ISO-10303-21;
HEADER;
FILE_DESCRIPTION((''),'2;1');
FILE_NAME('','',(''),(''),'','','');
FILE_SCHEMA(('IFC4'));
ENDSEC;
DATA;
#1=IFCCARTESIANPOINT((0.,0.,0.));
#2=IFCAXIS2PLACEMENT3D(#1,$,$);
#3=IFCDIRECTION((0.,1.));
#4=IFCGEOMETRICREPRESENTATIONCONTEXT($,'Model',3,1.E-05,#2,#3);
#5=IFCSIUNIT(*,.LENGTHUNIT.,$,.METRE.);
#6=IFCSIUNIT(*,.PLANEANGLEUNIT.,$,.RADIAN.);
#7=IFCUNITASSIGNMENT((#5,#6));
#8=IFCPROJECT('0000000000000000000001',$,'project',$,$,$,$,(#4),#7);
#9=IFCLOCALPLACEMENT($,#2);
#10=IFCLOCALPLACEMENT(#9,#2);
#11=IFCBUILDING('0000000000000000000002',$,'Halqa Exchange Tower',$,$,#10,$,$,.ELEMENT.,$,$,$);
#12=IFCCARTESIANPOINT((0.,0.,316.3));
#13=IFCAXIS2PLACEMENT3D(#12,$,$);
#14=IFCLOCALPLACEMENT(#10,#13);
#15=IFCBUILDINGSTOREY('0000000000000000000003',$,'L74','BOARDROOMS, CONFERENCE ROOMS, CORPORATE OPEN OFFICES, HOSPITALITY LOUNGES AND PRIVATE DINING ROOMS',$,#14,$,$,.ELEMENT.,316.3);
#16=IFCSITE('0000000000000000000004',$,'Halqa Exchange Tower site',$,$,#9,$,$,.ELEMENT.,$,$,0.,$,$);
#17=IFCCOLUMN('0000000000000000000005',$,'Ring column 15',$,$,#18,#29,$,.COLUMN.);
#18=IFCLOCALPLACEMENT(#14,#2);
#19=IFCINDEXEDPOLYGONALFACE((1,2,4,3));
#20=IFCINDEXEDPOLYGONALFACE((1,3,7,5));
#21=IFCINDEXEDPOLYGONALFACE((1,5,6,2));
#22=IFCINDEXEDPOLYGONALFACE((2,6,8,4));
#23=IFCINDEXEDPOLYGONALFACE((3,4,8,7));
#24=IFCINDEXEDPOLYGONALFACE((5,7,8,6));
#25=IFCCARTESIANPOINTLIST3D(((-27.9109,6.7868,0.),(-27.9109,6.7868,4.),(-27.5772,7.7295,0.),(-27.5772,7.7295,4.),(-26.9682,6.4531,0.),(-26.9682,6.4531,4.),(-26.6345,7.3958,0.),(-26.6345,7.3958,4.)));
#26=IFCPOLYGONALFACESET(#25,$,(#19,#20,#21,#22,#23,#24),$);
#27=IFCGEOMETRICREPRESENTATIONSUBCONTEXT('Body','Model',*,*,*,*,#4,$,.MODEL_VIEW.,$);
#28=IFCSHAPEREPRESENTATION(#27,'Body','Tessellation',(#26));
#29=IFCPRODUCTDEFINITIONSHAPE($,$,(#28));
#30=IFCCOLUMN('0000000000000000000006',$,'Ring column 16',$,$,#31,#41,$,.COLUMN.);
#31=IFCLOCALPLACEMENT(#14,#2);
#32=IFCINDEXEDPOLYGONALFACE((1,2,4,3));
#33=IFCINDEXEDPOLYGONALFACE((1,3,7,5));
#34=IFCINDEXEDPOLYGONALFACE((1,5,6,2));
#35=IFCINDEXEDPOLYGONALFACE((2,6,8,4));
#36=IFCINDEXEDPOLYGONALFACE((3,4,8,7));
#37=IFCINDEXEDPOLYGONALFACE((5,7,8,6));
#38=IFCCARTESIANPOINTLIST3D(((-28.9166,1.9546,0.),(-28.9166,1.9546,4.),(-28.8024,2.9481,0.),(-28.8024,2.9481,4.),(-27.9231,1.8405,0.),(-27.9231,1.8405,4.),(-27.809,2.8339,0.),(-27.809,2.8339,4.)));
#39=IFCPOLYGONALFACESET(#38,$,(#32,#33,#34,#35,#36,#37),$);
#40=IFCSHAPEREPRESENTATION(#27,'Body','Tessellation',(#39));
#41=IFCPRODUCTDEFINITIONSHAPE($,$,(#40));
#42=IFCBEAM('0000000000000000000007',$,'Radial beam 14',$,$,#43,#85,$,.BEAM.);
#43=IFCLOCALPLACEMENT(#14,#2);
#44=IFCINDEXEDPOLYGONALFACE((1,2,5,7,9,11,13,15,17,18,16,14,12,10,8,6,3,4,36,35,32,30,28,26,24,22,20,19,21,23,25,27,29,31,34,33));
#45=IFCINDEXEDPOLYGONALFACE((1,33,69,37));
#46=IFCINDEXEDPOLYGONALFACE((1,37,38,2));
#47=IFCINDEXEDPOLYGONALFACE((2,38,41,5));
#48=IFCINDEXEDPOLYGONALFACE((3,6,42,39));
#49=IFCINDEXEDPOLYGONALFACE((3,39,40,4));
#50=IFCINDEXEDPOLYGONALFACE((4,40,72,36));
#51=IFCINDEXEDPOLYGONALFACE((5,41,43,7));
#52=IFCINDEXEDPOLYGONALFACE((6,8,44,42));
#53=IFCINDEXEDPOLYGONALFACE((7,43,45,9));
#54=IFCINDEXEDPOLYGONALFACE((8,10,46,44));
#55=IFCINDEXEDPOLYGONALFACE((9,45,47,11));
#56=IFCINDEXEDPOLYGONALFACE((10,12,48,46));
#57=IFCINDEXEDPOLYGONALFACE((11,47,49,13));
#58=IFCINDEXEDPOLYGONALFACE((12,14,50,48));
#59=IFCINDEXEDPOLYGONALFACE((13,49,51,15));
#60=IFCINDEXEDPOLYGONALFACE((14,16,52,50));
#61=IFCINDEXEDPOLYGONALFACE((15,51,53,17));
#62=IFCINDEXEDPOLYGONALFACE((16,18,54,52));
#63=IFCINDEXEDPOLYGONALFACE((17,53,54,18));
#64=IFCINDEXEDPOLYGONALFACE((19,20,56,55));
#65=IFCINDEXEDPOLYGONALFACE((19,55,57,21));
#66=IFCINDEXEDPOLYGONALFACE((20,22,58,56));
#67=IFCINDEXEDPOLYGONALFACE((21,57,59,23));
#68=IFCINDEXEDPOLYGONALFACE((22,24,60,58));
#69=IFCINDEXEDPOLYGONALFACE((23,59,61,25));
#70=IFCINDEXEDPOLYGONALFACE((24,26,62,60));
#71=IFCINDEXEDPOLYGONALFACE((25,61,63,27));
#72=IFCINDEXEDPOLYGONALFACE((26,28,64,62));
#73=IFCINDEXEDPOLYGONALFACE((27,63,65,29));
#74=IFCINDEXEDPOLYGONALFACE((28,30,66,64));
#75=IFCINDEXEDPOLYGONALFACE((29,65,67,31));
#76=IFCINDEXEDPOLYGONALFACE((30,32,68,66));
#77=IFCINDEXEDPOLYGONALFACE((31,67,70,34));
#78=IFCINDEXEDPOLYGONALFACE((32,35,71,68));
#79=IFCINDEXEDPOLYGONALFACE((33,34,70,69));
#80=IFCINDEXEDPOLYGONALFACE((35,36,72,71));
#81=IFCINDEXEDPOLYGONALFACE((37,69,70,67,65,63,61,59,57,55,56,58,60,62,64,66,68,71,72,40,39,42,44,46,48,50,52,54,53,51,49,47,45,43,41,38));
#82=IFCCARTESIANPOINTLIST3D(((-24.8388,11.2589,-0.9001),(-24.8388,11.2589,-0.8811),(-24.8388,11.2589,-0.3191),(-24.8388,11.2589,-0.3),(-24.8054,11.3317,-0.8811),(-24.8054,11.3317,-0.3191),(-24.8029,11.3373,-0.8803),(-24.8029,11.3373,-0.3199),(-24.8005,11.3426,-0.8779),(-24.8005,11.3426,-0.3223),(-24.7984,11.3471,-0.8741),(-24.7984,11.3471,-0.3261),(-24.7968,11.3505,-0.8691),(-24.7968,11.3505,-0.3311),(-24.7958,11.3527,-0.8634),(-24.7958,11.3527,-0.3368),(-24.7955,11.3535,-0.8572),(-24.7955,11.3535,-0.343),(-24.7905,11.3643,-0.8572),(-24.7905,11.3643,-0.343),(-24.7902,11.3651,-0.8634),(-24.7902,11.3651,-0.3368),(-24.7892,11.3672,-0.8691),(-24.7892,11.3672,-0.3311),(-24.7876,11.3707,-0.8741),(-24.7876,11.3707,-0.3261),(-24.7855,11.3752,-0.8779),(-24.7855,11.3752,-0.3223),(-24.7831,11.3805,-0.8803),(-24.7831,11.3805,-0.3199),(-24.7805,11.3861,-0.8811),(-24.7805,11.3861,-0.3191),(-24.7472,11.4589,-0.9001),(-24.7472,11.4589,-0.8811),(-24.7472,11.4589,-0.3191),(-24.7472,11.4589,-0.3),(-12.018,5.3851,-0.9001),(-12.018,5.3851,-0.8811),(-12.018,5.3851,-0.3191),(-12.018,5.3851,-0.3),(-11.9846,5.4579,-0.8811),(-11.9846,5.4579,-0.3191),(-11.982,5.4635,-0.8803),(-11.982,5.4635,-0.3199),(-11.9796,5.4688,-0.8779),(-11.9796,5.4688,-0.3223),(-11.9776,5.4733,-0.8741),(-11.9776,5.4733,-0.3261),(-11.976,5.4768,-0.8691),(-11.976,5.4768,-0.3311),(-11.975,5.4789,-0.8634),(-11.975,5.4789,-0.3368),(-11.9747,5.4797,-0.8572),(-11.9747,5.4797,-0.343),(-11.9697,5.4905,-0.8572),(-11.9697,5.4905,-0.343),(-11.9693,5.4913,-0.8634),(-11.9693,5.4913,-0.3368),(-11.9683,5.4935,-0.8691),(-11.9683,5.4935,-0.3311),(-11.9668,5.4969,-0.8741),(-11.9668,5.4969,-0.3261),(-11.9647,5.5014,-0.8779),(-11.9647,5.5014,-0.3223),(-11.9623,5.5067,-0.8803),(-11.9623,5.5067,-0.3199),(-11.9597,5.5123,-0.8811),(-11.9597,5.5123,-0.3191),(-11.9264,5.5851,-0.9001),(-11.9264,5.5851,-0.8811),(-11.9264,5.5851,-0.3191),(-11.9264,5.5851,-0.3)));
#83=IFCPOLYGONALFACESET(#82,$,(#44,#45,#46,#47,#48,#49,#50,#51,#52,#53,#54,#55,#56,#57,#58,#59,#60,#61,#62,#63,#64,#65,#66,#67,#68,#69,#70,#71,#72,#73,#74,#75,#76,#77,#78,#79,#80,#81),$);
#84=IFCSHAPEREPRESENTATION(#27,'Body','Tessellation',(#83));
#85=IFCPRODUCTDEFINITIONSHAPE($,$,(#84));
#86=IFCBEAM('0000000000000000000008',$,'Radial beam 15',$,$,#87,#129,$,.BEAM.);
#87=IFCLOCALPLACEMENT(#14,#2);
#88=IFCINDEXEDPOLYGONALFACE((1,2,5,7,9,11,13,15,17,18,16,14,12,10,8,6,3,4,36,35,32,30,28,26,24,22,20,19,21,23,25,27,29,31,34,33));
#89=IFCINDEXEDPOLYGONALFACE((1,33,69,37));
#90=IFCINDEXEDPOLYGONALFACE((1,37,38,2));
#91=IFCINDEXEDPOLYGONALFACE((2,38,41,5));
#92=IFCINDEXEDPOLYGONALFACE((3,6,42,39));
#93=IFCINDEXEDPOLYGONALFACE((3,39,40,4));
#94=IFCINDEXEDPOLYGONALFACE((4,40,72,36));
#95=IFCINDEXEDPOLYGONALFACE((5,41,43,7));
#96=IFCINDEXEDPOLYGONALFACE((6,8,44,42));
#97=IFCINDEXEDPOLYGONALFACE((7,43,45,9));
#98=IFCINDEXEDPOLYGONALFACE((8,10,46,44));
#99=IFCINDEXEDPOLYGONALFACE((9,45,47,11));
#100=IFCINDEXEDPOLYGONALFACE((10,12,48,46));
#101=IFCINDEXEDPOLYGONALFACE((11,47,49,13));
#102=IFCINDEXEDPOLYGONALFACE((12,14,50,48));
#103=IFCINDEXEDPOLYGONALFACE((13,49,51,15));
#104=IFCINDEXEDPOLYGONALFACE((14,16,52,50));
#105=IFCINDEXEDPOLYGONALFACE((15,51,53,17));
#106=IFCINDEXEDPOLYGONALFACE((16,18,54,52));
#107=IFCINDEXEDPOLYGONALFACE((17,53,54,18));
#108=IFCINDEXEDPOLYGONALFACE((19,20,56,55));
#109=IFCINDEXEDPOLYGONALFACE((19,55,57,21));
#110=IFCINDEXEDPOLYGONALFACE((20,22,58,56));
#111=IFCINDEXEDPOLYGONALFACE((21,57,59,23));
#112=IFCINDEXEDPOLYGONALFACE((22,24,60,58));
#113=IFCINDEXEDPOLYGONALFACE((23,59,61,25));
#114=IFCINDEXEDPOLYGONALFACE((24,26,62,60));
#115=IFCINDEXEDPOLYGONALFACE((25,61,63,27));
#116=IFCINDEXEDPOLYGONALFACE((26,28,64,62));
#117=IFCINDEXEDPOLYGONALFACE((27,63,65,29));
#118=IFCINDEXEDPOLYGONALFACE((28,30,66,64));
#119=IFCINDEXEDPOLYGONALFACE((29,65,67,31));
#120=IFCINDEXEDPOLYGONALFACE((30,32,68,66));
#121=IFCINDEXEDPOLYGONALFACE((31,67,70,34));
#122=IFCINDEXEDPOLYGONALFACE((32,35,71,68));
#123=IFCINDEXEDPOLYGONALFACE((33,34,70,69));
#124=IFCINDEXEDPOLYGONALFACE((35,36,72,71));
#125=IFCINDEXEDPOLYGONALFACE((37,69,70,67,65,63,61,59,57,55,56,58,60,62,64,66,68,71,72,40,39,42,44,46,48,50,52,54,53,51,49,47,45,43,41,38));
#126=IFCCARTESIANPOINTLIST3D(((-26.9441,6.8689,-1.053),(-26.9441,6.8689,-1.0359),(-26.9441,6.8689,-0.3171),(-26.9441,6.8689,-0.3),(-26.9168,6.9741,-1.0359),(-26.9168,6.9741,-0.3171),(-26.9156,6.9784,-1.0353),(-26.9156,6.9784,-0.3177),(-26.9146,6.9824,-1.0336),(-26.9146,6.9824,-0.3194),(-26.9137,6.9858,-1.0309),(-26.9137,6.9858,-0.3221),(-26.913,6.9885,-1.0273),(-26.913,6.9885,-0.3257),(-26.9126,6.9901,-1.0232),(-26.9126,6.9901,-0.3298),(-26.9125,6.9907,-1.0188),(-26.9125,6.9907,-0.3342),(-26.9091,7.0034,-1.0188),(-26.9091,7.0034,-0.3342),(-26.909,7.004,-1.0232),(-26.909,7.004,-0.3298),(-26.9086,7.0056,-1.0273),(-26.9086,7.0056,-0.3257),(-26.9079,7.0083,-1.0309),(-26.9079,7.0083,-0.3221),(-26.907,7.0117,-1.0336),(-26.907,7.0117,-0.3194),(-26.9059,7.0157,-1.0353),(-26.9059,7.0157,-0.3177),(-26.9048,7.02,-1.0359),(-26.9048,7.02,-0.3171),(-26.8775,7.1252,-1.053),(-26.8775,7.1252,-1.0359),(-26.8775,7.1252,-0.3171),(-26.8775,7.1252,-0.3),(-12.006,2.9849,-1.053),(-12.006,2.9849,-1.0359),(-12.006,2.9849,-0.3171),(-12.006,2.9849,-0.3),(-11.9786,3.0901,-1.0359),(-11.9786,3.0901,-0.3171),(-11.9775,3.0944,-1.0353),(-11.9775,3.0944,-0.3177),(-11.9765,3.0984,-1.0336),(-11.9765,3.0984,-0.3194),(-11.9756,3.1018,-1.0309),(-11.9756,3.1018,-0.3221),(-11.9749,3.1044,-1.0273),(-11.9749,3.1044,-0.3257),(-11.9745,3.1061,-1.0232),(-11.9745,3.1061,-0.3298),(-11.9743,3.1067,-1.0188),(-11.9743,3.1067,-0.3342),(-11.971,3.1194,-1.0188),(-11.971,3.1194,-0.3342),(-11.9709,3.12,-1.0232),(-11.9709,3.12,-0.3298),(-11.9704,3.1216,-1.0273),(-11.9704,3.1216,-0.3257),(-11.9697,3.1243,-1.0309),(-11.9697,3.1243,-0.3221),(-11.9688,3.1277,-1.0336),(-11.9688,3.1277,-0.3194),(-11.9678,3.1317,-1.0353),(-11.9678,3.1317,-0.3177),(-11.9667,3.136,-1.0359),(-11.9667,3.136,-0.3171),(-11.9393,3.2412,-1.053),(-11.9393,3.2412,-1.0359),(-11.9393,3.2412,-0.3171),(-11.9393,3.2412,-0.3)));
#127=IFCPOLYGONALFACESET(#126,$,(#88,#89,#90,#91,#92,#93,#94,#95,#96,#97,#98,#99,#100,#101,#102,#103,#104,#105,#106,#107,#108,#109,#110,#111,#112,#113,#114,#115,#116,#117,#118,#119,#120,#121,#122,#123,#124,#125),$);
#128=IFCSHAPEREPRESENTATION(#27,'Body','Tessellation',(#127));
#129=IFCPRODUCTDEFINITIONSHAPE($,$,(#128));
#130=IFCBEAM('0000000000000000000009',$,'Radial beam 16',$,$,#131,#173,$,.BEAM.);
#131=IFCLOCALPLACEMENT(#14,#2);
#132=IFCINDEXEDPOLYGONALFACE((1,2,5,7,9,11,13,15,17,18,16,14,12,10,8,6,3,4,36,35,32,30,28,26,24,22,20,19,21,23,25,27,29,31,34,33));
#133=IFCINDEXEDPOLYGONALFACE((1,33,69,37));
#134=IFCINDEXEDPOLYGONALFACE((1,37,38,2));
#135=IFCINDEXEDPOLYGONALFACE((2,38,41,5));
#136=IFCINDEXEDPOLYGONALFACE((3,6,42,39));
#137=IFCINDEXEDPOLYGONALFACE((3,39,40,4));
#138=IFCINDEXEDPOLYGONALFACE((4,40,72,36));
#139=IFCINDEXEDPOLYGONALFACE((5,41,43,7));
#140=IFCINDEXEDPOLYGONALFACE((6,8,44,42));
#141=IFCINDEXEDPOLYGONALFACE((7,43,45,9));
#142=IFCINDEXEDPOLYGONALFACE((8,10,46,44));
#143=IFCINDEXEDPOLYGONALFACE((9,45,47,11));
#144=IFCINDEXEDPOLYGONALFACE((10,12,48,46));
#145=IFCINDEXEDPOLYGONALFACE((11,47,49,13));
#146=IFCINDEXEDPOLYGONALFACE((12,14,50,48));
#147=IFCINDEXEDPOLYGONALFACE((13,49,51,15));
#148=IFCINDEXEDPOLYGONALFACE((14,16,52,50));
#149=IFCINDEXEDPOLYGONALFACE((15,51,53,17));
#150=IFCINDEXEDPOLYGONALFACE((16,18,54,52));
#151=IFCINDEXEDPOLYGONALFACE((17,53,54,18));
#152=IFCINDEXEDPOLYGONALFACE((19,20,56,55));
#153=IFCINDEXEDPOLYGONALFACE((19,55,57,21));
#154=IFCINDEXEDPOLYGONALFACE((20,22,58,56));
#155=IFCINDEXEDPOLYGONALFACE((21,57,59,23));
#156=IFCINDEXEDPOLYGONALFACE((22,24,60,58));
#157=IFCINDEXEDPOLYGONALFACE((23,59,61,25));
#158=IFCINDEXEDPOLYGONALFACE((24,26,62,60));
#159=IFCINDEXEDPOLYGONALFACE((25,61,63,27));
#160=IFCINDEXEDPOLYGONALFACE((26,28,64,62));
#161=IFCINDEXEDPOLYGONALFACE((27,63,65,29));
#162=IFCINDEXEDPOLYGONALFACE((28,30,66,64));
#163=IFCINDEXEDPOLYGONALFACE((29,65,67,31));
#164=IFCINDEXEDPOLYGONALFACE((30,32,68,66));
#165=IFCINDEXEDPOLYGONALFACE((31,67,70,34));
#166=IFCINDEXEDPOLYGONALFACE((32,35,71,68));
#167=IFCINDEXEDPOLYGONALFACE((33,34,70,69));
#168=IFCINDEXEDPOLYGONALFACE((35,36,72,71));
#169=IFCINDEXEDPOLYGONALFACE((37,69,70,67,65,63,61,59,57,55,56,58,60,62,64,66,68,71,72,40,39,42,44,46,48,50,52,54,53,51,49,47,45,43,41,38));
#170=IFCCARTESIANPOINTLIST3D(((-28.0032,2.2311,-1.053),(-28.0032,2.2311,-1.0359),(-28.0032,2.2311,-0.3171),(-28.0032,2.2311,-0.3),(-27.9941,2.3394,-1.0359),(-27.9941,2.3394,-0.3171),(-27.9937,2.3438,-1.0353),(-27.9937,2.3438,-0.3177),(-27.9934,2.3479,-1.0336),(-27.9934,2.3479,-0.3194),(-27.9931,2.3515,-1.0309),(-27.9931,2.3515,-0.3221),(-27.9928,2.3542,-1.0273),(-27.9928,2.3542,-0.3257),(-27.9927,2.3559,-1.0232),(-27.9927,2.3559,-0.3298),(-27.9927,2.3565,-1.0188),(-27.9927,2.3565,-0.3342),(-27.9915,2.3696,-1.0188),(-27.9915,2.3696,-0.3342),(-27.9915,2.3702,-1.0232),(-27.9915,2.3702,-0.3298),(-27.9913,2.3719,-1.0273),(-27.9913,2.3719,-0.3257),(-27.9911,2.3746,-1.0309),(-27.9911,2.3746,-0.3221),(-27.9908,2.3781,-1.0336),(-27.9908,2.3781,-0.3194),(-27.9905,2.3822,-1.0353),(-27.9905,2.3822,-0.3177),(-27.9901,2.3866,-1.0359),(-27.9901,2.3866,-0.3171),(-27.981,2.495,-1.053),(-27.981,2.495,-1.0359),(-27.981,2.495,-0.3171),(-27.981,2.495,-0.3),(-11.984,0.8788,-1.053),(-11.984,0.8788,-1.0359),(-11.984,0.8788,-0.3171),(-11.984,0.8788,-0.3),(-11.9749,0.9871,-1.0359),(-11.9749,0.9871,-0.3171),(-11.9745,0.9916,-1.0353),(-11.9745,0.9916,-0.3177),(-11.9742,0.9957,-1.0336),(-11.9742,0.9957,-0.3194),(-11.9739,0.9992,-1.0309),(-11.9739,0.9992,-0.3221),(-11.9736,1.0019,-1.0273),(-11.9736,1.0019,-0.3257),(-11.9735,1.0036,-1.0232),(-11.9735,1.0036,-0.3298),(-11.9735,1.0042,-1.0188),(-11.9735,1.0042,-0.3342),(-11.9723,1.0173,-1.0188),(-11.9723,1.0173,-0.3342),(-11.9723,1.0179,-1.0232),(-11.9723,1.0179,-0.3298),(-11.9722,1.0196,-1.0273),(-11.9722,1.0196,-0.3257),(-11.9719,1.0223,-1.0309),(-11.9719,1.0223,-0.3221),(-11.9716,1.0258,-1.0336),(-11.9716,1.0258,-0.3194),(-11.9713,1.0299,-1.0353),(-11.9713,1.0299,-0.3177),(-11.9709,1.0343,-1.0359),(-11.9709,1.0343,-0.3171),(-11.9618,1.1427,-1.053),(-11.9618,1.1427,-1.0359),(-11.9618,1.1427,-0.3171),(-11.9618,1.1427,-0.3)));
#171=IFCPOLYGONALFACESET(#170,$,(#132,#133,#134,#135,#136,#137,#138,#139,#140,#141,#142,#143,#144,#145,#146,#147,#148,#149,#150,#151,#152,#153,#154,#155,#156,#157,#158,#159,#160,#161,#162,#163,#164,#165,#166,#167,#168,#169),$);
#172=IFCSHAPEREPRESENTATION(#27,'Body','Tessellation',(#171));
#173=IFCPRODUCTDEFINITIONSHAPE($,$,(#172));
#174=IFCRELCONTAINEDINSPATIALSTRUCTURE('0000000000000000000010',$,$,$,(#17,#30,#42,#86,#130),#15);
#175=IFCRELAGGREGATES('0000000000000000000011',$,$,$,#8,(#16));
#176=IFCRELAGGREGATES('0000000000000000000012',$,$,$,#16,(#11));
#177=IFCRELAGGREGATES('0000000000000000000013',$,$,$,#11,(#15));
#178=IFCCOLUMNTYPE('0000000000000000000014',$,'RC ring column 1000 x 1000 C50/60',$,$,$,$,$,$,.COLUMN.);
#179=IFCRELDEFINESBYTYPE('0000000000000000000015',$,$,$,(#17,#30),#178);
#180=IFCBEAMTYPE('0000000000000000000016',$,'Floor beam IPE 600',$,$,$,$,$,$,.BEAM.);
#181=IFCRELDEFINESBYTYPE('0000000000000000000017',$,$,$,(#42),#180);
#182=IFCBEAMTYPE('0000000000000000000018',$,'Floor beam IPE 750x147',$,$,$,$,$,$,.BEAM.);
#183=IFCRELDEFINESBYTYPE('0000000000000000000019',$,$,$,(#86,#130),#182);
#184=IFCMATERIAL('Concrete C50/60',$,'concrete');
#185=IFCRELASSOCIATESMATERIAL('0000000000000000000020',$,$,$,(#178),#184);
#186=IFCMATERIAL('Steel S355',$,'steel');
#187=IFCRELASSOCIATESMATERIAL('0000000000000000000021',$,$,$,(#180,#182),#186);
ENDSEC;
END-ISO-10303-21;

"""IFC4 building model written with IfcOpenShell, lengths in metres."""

from ifc_helpers import new_model, si_unit, direction, frame, origin, origin_2d, place, context, subcontext, project, spatial, rectangle, i_section, extrude, material, material_profile, profile_set, type_object, element, save


model = new_model("IFC4")

# Units and contexts
model_context = context("Model", 3, precision=1e-05, world=origin(), true_north=direction((0.0, 1.0)))
body_context = subcontext(model_context, "Body", "Model", "MODEL_VIEW")
ifc_project = project(units=[si_unit("LENGTHUNIT", "METRE"), si_unit("PLANEANGLEUNIT", "RADIAN")], contexts=[model_context])

# Site, building, storey
site_placement = place(None, origin())
site = spatial("IfcSite", under=ifc_project, at=site_placement, Name="Halqa Exchange Tower site", CompositionType="ELEMENT", RefElevation=0.0)
building_placement = place(site_placement, origin())
building = spatial("IfcBuilding", under=site, at=building_placement, Name="Halqa Exchange Tower", CompositionType="ELEMENT")
storey_placement = place(building_placement, frame((0.0, 0.0, 316.3)))
storey = spatial("IfcBuildingStorey", under=building, at=storey_placement, Name="L74", Description="BOARDROOMS, CONFERENCE ROOMS, CORPORATE OPEN OFFICES, HOSPITALITY LOUNGES AND PRIVATE DINING ROOMS", CompositionType="ELEMENT", Elevation=316.3)

# Columns
ifc_material_1 = material(Name="Concrete C50/60", Category="concrete")
ifc_material_profile_1 = material_profile(ifc_material_1, rectangle(XDim=1.0, YDim=1.0, at=origin_2d()), Name="1000 x 1000")
ifc_profile_set_1 = profile_set([ifc_material_profile_1], Name="Concrete C50/60")
column_type = type_object("IfcColumnType", Name="RC ring column 1000 x 1000 C50/60", PredefinedType="COLUMN", material=ifc_profile_set_1)
for number, where, z_axis, x_axis, name in (
    (1, (-27.2727, 7.0913, 0.0), (0.0, 0.0, 1.0), (-0.333624, -0.942706, 0.0), "Ring column 15"),
    (2, (-28.3628, 2.3943, 0.0), (0.0, 0.0, 1.0), (-0.11416, -0.993462, 0.0), "Ring column 16"),
):
    element("IfcColumn", number, at=place(storey_placement, frame(where, z_axis=z_axis, x_axis=x_axis)), inside=storey, type_object=column_type, Name=name, PredefinedType="COLUMN", context=body_context, shape_type="SweptSolid", body=[
        extrude(rectangle(XDim=1.0, YDim=1.0, at=origin_2d()), origin(), (0.0, 0.0, 1.0), 4.0),
    ])

# Beams
ifc_material_2 = material(Name="Steel S355", Category="steel")
ifc_material_profile_2 = material_profile(ifc_material_2, i_section(OverallWidth=0.22, OverallDepth=0.6001, WebThickness=0.012, FlangeThickness=0.019, FilletRadius=0.0239, at=origin_2d()), Name="IPE 600")
ifc_profile_set_2 = profile_set([ifc_material_profile_2], Name="Steel S355")
beam_type_1 = type_object("IfcBeamType", Name="Floor beam IPE 600", PredefinedType="BEAM", material=ifc_profile_set_2)
beam_1_placement = place(storey_placement, frame((-11.9722, 5.4851, -0.6001), z_axis=(-0.90913, 0.416513, 0.0), x_axis=(-0.416513, -0.90913, 0.0)))
element("IfcBeam", 3, at=beam_1_placement, inside=storey, type_object=beam_type_1, Name="Radial beam 14", PredefinedType="BEAM", context=body_context, shape_type="SweptSolid", body=[
    extrude(i_section(OverallWidth=0.22, OverallDepth=0.6001, WebThickness=0.012, FlangeThickness=0.019, FilletRadius=0.0239, at=origin_2d()), origin(), (0.0, 0.0, 1.0), 14.1023),
])
ifc_material_profile_3 = material_profile(ifc_material_2, i_section(OverallWidth=0.2649, OverallDepth=0.7529, WebThickness=0.0132, FlangeThickness=0.0171, FilletRadius=0.0171, at=origin_2d()), Name="IPE 750x147")
ifc_profile_set_3 = profile_set([ifc_material_profile_3], Name="Steel S355")
beam_type_2 = type_object("IfcBeamType", Name="Floor beam IPE 750x147", PredefinedType="BEAM", material=ifc_profile_set_3)
beam_2_placement = place(storey_placement, frame((-11.9727, 3.113, -0.6765), z_axis=(-0.967821, 0.251639, 0.0), x_axis=(-0.251639, -0.967821, 0.0)))
element("IfcBeam", 4, at=beam_2_placement, inside=storey, type_object=beam_type_2, Name="Radial beam 15", PredefinedType="BEAM", context=body_context, shape_type="SweptSolid", body=[
    extrude(i_section(OverallWidth=0.2649, OverallDepth=0.7529, WebThickness=0.0132, FlangeThickness=0.0171, FilletRadius=0.0171, at=origin_2d()), origin(), (0.0, 0.0, 1.0), 15.4348),
])
for number, where, z_axis, x_axis, name in (
    (5, (-11.9729, 1.0107, -0.6765), (-0.996456, 0.084117, 0.0), (-0.084117, -0.996456, 0.0), "Radial beam 16"),
):
    element("IfcBeam", number, at=place(storey_placement, frame(where, z_axis=z_axis, x_axis=x_axis)), inside=storey, type_object=beam_type_2, Name=name, PredefinedType="BEAM", context=body_context, shape_type="SweptSolid", body=[
        extrude(i_section(OverallWidth=0.2649, OverallDepth=0.7529, WebThickness=0.0132, FlangeThickness=0.0171, FilletRadius=0.0171, at=origin_2d()), origin(), (0.0, 0.0, 1.0), 16.0762),
    ])

save(model, "model.ifc")
